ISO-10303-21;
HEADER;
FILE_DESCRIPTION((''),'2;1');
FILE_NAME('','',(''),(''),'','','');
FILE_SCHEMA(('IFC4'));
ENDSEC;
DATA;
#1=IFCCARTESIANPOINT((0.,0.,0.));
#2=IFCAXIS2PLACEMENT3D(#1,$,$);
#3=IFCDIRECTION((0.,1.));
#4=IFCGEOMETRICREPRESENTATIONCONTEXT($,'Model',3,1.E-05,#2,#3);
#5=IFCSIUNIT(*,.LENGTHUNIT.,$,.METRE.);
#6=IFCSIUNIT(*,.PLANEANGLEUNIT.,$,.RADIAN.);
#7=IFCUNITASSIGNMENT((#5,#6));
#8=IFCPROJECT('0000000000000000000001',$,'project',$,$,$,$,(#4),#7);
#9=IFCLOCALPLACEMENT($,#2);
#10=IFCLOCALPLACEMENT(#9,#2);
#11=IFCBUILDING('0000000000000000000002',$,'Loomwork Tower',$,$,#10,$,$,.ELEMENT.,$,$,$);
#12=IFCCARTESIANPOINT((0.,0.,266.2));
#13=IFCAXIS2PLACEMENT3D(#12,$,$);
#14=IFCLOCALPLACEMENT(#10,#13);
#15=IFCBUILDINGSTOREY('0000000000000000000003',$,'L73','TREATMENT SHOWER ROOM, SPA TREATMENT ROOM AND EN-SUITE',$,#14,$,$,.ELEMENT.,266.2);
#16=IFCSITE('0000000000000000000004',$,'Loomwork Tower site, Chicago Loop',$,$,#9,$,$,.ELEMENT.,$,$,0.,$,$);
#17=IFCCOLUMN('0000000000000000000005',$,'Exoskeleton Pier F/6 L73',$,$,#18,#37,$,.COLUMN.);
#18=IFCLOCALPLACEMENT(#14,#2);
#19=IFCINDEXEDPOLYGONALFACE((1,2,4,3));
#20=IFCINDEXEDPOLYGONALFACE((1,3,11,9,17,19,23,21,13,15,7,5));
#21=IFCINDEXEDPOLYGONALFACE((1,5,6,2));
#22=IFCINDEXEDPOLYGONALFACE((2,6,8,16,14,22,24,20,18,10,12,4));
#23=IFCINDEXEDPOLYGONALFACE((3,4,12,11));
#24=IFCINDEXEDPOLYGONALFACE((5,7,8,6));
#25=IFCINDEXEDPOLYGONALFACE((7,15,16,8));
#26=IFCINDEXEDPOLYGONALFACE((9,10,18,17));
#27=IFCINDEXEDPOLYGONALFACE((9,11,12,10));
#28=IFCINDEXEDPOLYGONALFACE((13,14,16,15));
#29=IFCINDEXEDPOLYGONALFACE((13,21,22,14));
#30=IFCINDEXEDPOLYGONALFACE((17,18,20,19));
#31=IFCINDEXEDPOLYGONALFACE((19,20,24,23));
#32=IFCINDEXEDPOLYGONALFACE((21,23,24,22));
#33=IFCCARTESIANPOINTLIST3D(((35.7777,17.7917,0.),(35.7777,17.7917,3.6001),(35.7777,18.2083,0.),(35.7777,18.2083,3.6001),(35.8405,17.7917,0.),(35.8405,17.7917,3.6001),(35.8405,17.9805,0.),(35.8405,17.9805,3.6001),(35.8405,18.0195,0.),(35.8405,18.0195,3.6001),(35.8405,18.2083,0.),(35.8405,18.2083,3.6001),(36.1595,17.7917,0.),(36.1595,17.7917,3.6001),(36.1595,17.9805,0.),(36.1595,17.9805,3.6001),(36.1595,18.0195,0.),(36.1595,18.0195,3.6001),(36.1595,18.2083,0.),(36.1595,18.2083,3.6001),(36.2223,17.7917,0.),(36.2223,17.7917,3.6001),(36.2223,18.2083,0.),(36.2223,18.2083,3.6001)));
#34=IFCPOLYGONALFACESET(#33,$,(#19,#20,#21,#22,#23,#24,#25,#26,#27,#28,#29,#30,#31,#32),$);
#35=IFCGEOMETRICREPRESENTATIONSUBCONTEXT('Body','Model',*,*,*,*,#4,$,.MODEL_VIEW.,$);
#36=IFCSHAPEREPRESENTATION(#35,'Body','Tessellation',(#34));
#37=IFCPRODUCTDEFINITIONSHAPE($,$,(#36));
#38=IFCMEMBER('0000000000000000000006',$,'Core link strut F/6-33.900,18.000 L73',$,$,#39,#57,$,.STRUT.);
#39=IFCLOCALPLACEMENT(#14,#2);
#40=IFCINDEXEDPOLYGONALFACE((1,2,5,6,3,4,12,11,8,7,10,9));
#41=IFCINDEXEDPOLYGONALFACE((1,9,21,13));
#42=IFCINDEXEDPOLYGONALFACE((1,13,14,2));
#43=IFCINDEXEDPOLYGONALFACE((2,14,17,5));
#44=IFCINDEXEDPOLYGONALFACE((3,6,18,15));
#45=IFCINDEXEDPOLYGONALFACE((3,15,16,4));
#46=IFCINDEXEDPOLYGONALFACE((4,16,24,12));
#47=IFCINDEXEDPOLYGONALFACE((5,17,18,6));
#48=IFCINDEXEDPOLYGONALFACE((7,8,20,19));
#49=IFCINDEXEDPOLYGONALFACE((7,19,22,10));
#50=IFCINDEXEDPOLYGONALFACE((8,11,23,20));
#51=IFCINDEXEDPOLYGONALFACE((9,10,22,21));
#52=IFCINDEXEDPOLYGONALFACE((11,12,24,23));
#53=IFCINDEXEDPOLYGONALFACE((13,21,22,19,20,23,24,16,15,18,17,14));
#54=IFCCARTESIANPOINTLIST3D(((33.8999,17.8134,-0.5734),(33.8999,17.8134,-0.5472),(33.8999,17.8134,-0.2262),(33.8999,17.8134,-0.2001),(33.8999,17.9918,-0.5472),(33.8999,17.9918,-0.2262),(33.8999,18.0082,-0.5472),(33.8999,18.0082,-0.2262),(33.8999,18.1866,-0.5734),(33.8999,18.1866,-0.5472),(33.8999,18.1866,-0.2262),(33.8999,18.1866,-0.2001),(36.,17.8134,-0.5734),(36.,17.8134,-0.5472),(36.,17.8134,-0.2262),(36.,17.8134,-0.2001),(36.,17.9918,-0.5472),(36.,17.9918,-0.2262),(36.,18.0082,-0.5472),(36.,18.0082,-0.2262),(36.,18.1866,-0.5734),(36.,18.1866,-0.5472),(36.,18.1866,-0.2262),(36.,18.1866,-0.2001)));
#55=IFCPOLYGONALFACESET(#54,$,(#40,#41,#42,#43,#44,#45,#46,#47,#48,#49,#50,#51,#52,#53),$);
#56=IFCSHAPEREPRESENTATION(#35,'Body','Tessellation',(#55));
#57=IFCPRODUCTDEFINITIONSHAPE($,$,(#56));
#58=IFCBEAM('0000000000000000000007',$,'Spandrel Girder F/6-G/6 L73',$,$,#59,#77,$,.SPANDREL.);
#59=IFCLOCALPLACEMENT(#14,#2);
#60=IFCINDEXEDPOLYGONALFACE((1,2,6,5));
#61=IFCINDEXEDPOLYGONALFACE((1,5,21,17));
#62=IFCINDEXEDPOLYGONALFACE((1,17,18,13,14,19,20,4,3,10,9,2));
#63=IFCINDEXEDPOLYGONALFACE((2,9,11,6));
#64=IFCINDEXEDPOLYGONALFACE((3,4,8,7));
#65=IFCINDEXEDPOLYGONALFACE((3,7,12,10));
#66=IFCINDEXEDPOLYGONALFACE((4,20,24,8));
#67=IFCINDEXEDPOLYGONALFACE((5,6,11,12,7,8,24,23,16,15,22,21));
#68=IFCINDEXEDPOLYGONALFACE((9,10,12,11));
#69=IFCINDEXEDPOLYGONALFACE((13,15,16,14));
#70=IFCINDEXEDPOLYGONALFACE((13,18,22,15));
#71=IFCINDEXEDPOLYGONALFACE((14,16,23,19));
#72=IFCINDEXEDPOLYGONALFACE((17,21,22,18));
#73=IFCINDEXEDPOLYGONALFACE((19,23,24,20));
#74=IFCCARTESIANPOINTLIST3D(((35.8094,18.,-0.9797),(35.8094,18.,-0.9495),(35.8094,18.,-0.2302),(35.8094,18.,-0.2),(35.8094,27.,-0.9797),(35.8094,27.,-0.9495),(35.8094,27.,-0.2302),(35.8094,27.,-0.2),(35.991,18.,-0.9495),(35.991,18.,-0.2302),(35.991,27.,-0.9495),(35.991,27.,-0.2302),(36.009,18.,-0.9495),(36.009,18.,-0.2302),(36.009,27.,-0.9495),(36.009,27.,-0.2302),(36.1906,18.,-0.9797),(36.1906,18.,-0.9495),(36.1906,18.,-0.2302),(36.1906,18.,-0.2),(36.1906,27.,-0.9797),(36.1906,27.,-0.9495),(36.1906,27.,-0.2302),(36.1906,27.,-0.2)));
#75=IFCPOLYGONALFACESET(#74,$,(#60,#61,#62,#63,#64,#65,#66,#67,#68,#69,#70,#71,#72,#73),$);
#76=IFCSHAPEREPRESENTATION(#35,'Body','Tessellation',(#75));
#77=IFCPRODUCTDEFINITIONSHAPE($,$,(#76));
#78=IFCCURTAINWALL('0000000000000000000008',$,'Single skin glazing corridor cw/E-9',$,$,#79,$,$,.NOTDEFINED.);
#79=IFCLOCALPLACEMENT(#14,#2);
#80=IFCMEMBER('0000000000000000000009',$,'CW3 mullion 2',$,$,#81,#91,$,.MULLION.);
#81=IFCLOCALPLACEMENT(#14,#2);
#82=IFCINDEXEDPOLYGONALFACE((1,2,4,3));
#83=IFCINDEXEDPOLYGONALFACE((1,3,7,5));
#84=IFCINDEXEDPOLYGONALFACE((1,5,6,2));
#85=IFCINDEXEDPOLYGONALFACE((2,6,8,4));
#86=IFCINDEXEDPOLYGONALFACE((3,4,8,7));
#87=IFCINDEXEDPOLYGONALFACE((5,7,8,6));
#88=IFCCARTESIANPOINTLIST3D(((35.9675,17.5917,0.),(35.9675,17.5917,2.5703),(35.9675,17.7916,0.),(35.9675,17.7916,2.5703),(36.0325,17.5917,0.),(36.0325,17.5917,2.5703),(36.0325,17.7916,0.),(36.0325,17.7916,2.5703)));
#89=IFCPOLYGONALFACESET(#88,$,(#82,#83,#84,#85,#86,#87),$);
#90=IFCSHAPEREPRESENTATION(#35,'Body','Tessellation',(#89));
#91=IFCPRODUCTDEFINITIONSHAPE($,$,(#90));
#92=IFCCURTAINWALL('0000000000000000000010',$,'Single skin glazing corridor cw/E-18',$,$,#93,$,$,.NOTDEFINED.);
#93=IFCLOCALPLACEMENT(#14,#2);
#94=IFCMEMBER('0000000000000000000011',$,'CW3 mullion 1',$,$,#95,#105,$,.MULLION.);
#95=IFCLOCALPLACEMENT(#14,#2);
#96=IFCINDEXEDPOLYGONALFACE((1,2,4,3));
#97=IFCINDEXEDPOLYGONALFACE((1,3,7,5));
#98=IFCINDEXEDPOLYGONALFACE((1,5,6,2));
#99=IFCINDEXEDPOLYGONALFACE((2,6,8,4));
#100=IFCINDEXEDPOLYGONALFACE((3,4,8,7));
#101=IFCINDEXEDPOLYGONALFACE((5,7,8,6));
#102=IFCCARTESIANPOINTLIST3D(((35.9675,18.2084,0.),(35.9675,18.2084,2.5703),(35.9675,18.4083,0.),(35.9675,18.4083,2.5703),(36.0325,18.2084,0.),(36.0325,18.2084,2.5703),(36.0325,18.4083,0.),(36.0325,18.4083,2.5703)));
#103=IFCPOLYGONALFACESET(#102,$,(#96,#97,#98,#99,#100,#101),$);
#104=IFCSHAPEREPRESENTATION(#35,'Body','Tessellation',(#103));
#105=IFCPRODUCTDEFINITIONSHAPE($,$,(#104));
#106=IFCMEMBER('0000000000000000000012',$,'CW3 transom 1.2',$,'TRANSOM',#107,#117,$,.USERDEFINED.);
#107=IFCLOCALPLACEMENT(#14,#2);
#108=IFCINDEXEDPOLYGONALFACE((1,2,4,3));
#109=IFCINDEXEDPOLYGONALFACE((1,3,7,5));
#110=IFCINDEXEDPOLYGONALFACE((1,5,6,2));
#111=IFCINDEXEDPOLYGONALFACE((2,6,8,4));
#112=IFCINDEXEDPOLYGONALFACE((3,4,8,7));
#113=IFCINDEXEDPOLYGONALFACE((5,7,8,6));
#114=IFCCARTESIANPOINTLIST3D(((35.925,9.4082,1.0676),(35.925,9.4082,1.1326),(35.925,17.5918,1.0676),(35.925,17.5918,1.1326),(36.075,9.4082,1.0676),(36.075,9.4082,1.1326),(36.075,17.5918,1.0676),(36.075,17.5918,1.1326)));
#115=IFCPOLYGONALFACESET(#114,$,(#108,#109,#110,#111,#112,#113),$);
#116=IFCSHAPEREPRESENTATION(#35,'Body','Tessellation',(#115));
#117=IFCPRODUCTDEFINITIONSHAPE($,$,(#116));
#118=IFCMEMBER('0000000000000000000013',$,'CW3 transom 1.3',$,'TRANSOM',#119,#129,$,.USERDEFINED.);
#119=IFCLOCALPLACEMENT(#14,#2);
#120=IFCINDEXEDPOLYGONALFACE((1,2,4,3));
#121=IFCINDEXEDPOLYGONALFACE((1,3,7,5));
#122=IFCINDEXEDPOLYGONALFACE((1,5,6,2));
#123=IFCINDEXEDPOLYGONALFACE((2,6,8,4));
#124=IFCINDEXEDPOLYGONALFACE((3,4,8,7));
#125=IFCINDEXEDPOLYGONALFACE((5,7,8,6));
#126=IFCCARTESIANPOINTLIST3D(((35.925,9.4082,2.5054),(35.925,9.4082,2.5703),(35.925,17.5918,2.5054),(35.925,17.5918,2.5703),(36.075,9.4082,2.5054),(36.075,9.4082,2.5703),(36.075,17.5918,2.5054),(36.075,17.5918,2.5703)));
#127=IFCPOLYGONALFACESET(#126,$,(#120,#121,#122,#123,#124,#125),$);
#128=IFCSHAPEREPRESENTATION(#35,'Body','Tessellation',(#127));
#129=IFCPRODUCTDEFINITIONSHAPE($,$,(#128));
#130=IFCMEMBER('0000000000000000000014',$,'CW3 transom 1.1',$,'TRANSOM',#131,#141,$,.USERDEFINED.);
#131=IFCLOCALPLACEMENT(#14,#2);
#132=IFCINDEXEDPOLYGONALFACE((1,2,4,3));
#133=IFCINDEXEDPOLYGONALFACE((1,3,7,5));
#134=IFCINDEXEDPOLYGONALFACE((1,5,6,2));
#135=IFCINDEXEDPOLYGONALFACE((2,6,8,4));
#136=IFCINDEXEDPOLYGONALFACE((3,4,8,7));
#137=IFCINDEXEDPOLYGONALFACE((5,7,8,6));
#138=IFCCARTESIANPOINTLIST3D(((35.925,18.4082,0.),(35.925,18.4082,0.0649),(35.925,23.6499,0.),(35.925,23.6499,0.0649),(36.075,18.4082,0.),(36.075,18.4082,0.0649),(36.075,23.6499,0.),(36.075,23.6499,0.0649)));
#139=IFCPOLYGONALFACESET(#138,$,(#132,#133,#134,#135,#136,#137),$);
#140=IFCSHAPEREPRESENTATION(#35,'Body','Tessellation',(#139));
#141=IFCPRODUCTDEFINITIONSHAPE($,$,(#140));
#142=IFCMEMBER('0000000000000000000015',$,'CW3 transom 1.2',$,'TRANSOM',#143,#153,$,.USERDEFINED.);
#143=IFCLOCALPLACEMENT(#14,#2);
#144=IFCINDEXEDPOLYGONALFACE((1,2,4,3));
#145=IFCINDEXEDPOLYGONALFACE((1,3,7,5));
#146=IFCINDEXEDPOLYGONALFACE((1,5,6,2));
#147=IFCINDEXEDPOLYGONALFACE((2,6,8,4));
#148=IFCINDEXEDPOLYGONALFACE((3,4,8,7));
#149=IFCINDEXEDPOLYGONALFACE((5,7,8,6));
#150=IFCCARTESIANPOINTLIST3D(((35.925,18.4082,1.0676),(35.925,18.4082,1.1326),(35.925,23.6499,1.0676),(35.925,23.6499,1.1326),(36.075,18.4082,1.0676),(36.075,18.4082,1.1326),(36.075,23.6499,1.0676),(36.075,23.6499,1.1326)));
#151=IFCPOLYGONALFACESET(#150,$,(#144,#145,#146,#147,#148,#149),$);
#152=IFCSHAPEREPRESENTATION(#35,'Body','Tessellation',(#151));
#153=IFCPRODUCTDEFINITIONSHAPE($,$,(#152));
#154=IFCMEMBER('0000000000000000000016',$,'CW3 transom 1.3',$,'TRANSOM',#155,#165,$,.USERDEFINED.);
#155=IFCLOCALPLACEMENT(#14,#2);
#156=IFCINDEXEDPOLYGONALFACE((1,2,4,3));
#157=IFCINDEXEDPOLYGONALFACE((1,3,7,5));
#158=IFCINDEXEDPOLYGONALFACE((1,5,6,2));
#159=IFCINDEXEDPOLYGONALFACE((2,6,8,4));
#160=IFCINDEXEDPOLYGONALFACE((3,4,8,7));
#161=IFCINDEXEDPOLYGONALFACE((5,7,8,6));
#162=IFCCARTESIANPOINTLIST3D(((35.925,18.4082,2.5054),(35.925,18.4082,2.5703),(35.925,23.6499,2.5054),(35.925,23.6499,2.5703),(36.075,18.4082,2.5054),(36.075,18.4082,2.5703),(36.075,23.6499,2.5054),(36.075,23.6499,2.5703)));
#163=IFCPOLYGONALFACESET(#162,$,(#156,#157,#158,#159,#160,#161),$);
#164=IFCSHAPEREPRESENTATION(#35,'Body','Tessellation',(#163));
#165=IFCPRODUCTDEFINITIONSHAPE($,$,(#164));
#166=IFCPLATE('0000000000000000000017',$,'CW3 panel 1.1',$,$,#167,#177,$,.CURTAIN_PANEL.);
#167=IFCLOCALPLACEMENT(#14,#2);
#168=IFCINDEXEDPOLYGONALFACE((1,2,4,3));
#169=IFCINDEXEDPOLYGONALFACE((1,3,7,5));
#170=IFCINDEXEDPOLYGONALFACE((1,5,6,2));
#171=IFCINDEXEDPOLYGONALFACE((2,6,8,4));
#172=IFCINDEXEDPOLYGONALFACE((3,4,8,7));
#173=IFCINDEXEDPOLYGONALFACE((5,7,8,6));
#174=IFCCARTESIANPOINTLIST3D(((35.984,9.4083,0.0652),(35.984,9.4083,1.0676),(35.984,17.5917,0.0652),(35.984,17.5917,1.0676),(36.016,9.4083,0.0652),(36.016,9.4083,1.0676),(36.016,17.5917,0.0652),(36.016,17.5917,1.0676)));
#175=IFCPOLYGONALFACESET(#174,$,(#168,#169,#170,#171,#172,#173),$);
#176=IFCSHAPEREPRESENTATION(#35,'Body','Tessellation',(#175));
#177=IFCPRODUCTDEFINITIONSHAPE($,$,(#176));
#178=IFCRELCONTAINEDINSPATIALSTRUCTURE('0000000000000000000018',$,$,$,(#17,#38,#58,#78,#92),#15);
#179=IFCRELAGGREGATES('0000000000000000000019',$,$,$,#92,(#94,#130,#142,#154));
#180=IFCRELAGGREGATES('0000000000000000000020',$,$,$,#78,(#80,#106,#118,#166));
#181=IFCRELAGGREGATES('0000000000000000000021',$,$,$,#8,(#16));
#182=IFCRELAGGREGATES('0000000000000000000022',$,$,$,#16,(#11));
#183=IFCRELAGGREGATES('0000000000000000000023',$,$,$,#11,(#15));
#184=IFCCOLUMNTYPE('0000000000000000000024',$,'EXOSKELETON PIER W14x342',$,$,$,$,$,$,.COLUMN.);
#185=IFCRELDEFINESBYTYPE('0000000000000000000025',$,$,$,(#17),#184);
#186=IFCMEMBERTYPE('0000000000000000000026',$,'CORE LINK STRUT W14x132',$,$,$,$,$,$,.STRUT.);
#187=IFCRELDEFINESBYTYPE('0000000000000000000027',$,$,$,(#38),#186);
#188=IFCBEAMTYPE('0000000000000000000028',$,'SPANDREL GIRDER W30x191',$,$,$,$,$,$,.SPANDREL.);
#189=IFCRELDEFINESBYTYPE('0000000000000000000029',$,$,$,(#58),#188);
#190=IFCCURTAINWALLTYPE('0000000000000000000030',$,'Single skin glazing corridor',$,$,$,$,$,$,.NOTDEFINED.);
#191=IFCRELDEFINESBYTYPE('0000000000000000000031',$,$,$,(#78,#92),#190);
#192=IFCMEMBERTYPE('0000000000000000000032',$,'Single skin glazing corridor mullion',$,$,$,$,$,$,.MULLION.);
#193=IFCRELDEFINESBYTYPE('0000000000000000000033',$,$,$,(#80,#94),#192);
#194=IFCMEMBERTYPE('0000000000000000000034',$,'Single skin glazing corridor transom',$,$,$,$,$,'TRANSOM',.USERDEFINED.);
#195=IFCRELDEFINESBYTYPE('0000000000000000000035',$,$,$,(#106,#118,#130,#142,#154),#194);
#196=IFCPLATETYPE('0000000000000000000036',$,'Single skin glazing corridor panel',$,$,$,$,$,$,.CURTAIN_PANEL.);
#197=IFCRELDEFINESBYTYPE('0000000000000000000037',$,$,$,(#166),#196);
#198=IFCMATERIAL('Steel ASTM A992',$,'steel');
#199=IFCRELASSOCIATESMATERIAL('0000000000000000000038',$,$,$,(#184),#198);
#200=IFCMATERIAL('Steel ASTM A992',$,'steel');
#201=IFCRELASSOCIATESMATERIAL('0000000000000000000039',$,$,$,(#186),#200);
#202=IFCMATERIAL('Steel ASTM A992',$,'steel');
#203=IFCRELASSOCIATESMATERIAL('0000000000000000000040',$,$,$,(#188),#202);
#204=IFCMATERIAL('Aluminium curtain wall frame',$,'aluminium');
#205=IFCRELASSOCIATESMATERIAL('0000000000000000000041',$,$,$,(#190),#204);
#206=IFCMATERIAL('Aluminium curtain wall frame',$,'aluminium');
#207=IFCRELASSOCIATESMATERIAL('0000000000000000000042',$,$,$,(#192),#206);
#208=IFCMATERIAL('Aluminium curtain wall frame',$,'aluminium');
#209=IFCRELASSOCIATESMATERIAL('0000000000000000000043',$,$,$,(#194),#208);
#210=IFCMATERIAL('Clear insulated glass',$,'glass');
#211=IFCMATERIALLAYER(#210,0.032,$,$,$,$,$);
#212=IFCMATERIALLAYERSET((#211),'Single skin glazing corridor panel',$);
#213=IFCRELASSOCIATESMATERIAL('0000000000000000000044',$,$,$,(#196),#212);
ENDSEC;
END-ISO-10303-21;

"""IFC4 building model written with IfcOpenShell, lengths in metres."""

from ifc_helpers import new_model, si_unit, direction, frame, origin, origin_2d, place, context, subcontext, project, spatial, rectangle, i_section, extrude, material, layer, layer_set, material_profile, profile_set, type_object, element, aggregate, save


model = new_model("IFC4")

# Units and contexts
model_context = context("Model", 3, precision=1e-05, world=origin(), true_north=direction((0.0, 1.0)))
body_context = subcontext(model_context, "Body", "Model", "MODEL_VIEW")
ifc_project = project(units=[si_unit("LENGTHUNIT", "METRE"), si_unit("PLANEANGLEUNIT", "RADIAN")], contexts=[model_context])

# Site, building, storey
site_placement = place(None, origin())
site = spatial("IfcSite", under=ifc_project, at=site_placement, Name="Loomwork Tower site, Chicago Loop", CompositionType="ELEMENT", RefElevation=0.0)
building_placement = place(site_placement, origin())
building = spatial("IfcBuilding", under=site, at=building_placement, Name="Loomwork Tower", CompositionType="ELEMENT")
storey_placement = place(building_placement, frame((0.0, 0.0, 266.2)))
storey = spatial("IfcBuildingStorey", under=building, at=storey_placement, Name="L73", Description="TREATMENT SHOWER ROOM, SPA TREATMENT ROOM AND EN-SUITE", CompositionType="ELEMENT", Elevation=266.2)

# Column
ifc_material_1 = material(Name="Steel ASTM A992", Category="steel")
ifc_material_profile_1 = material_profile(ifc_material_1, i_section(OverallWidth=0.4165, OverallDepth=0.4446, WebThickness=0.0391, FlangeThickness=0.0627, at=origin_2d()), Name="W14x342")
ifc_profile_set_1 = profile_set([ifc_material_profile_1], Name="Steel ASTM A992")
column_type = type_object("IfcColumnType", Name="EXOSKELETON PIER W14x342", PredefinedType="COLUMN", material=ifc_profile_set_1)
column_placement = place(storey_placement, frame((36.0, 18.0, 0.0), z_axis=(0.0, 0.0, 1.0), x_axis=(0.0, 1.0, 0.0)))
element("IfcColumn", 1, at=column_placement, inside=storey, type_object=column_type, Name="Exoskeleton Pier F/6 L73", PredefinedType="COLUMN", context=body_context, shape_type="SweptSolid", body=[
    extrude(i_section(OverallWidth=0.4165, OverallDepth=0.4446, WebThickness=0.0391, FlangeThickness=0.0627, at=origin_2d()), origin(), (0.0, 0.0, 1.0), 3.6001),
])

# Member
ifc_material_2 = material(Name="Steel ASTM A992", Category="steel")
ifc_material_profile_2 = material_profile(ifc_material_2, i_section(OverallWidth=0.3733, OverallDepth=0.3733, WebThickness=0.0164, FlangeThickness=0.0261, at=origin_2d()), Name="W14x132")
ifc_profile_set_2 = profile_set([ifc_material_profile_2], Name="Steel ASTM A992")
member_type_1 = type_object("IfcMemberType", Name="CORE LINK STRUT W14x132", PredefinedType="STRUT", material=ifc_profile_set_2)
member_1_placement = place(storey_placement, frame((36.0, 18.0, -0.3867), z_axis=(-1.0, 0.0, 0.0), x_axis=(0.0, -1.0, 0.0)))
element("IfcMember", 2, at=member_1_placement, inside=storey, type_object=member_type_1, Name="Core link strut F/6-33.900,18.000 L73", PredefinedType="STRUT", context=body_context, shape_type="SweptSolid", body=[
    extrude(i_section(OverallWidth=0.3733, OverallDepth=0.3733, WebThickness=0.0164, FlangeThickness=0.0261, at=origin_2d()), origin(), (0.0, 0.0, 1.0), 2.1001),
])

# Beam
ifc_material_3 = material(Name="Steel ASTM A992", Category="steel")
ifc_material_profile_3 = material_profile(ifc_material_3, i_section(OverallWidth=0.3811, OverallDepth=0.7798, WebThickness=0.0181, FlangeThickness=0.0303, at=origin_2d()), Name="W30x191")
ifc_profile_set_3 = profile_set([ifc_material_profile_3], Name="Steel ASTM A992")
beam_type = type_object("IfcBeamType", Name="SPANDREL GIRDER W30x191", PredefinedType="SPANDREL", material=ifc_profile_set_3)
beam_placement = place(storey_placement, frame((36.0, 18.0, -0.5898), z_axis=(0.0, 1.0, 0.0), x_axis=(-1.0, 0.0, 0.0)))
element("IfcBeam", 3, at=beam_placement, inside=storey, type_object=beam_type, Name="Spandrel Girder F/6-G/6 L73", PredefinedType="SPANDREL", context=body_context, shape_type="SweptSolid", body=[
    extrude(i_section(OverallWidth=0.3811, OverallDepth=0.7798, WebThickness=0.0181, FlangeThickness=0.0303, at=origin_2d()), origin(), (0.0, 0.0, 1.0), 9.0),
])

# Curtain walls, members
ifc_material_4 = material(Name="Aluminium curtain wall frame", Category="aluminium")
curtain_wall_type = type_object("IfcCurtainWallType", Name="Single skin glazing corridor", PredefinedType="NOTDEFINED", material=ifc_material_4)
curtain_wall_1_placement = place(storey_placement, origin())
curtain_wall_1 = element("IfcCurtainWall", 4, at=curtain_wall_1_placement, inside=storey, type_object=curtain_wall_type, Name="Single skin glazing corridor cw/E-9", PredefinedType="NOTDEFINED")
ifc_material_5 = material(Name="Aluminium curtain wall frame", Category="aluminium")
ifc_material_profile_4 = material_profile(ifc_material_5, rectangle(XDim=0.0649, YDim=0.2, at=origin_2d()), Name="AL 65x200")
ifc_profile_set_4 = profile_set([ifc_material_profile_4], Name="Aluminium curtain wall frame")
member_type_2 = type_object("IfcMemberType", Name="Single skin glazing corridor mullion", PredefinedType="MULLION", material=ifc_profile_set_4)
member_2_placement = place(storey_placement, frame((36.0, 17.6917, 0.0), z_axis=(0.0, 0.0, 1.0), x_axis=(-1.0, 0.0, 0.0)))
member_2 = element("IfcMember", 5, at=member_2_placement, type_object=member_type_2, Name="CW3 mullion 2", PredefinedType="MULLION", context=body_context, shape_type="SweptSolid", body=[
    extrude(rectangle(XDim=0.0649, YDim=0.2, at=origin_2d()), origin(), (0.0, 0.0, 1.0), 2.5703),
])
curtain_wall_2_placement = place(storey_placement, origin())
curtain_wall_2 = element("IfcCurtainWall", 6, at=curtain_wall_2_placement, inside=storey, type_object=curtain_wall_type, Name="Single skin glazing corridor cw/E-18", PredefinedType="NOTDEFINED")
member_3_placement = place(storey_placement, frame((36.0, 18.3083, 0.0), z_axis=(0.0, 0.0, 1.0), x_axis=(-1.0, 0.0, 0.0)))
member_3 = element("IfcMember", 7, at=member_3_placement, type_object=member_type_2, Name="CW3 mullion 1", PredefinedType="MULLION", context=body_context, shape_type="SweptSolid", body=[
    extrude(rectangle(XDim=0.0649, YDim=0.2, at=origin_2d()), origin(), (0.0, 0.0, 1.0), 2.5703),
])

# Members
ifc_material_6 = material(Name="Aluminium curtain wall frame", Category="aluminium")
ifc_material_profile_5 = material_profile(ifc_material_6, rectangle(XDim=0.1499, YDim=0.0649, at=origin_2d()), Name="AL 65x150")
ifc_profile_set_5 = profile_set([ifc_material_profile_5], Name="Aluminium curtain wall frame")
member_type_3 = type_object("IfcMemberType", Name="Single skin glazing corridor transom", ElementType="TRANSOM", PredefinedType="USERDEFINED", material=ifc_profile_set_5)
member_4_placement = place(storey_placement, frame((36.0, 9.4082, 1.1001), z_axis=(0.0, 1.0, 0.0), x_axis=(-1.0, 0.0, 0.0)))
member_4 = element("IfcMember", 8, at=member_4_placement, type_object=member_type_3, Name="CW3 transom 1.2", ObjectType="TRANSOM", PredefinedType="USERDEFINED", context=body_context, shape_type="SweptSolid", body=[
    extrude(rectangle(XDim=0.1499, YDim=0.0649, at=origin_2d()), origin(), (0.0, 0.0, 1.0), 8.1836),
])
member_5_placement = place(storey_placement, frame((36.0, 9.4082, 2.5378), z_axis=(0.0, 1.0, 0.0), x_axis=(-1.0, 0.0, 0.0)))
member_5 = element("IfcMember", 9, at=member_5_placement, type_object=member_type_3, Name="CW3 transom 1.3", ObjectType="TRANSOM", PredefinedType="USERDEFINED", context=body_context, shape_type="SweptSolid", body=[
    extrude(rectangle(XDim=0.1499, YDim=0.0649, at=origin_2d()), origin(), (0.0, 0.0, 1.0), 8.1836),
])
member_6_placement = place(storey_placement, frame((36.0, 18.4082, 0.0325), z_axis=(0.0, 1.0, 0.0), x_axis=(-1.0, 0.0, 0.0)))
member_6 = element("IfcMember", 10, at=member_6_placement, type_object=member_type_3, Name="CW3 transom 1.1", ObjectType="TRANSOM", PredefinedType="USERDEFINED", context=body_context, shape_type="SweptSolid", body=[
    extrude(rectangle(XDim=0.1499, YDim=0.0649, at=origin_2d()), origin(), (0.0, 0.0, 1.0), 5.2417),
])
member_7_placement = place(storey_placement, frame((36.0, 18.4082, 1.1001), z_axis=(0.0, 1.0, 0.0), x_axis=(-1.0, 0.0, 0.0)))
member_7 = element("IfcMember", 11, at=member_7_placement, type_object=member_type_3, Name="CW3 transom 1.2", ObjectType="TRANSOM", PredefinedType="USERDEFINED", context=body_context, shape_type="SweptSolid", body=[
    extrude(rectangle(XDim=0.1499, YDim=0.0649, at=origin_2d()), origin(), (0.0, 0.0, 1.0), 5.2417),
])
member_8_placement = place(storey_placement, frame((36.0, 18.4082, 2.5378), z_axis=(0.0, 1.0, 0.0), x_axis=(-1.0, 0.0, 0.0)))
member_8 = element("IfcMember", 12, at=member_8_placement, type_object=member_type_3, Name="CW3 transom 1.3", ObjectType="TRANSOM", PredefinedType="USERDEFINED", context=body_context, shape_type="SweptSolid", body=[
    extrude(rectangle(XDim=0.1499, YDim=0.0649, at=origin_2d()), origin(), (0.0, 0.0, 1.0), 5.2417),
])
aggregate(curtain_wall_2, [member_3, member_6, member_7, member_8])

# Plate
ifc_material_7 = material(Name="Clear insulated glass", Category="glass")
ifc_layer_1 = layer(ifc_material_7, 0.032)
ifc_layer_set_1 = layer_set([ifc_layer_1], Name="Single skin glazing corridor panel")
plate_type = type_object("IfcPlateType", Name="Single skin glazing corridor panel", PredefinedType="CURTAIN_PANEL", material=ifc_layer_set_1)
plate_1_placement = place(storey_placement, frame((36.0, 13.5, 0.0652), z_axis=(0.0, 0.0, 1.0), x_axis=(0.0, 1.0, 0.0)))
plate_1 = element("IfcPlate", 13, at=plate_1_placement, type_object=plate_type, Name="CW3 panel 1.1", PredefinedType="CURTAIN_PANEL", context=body_context, shape_type="SweptSolid", body=[
    extrude(rectangle(XDim=8.1833, YDim=0.032, at=origin_2d()), origin(), (0.0, 0.0, 1.0), 1.0024),
])
aggregate(curtain_wall_1, [member_2, member_4, member_5, plate_1])

save(model, "model.ifc")
